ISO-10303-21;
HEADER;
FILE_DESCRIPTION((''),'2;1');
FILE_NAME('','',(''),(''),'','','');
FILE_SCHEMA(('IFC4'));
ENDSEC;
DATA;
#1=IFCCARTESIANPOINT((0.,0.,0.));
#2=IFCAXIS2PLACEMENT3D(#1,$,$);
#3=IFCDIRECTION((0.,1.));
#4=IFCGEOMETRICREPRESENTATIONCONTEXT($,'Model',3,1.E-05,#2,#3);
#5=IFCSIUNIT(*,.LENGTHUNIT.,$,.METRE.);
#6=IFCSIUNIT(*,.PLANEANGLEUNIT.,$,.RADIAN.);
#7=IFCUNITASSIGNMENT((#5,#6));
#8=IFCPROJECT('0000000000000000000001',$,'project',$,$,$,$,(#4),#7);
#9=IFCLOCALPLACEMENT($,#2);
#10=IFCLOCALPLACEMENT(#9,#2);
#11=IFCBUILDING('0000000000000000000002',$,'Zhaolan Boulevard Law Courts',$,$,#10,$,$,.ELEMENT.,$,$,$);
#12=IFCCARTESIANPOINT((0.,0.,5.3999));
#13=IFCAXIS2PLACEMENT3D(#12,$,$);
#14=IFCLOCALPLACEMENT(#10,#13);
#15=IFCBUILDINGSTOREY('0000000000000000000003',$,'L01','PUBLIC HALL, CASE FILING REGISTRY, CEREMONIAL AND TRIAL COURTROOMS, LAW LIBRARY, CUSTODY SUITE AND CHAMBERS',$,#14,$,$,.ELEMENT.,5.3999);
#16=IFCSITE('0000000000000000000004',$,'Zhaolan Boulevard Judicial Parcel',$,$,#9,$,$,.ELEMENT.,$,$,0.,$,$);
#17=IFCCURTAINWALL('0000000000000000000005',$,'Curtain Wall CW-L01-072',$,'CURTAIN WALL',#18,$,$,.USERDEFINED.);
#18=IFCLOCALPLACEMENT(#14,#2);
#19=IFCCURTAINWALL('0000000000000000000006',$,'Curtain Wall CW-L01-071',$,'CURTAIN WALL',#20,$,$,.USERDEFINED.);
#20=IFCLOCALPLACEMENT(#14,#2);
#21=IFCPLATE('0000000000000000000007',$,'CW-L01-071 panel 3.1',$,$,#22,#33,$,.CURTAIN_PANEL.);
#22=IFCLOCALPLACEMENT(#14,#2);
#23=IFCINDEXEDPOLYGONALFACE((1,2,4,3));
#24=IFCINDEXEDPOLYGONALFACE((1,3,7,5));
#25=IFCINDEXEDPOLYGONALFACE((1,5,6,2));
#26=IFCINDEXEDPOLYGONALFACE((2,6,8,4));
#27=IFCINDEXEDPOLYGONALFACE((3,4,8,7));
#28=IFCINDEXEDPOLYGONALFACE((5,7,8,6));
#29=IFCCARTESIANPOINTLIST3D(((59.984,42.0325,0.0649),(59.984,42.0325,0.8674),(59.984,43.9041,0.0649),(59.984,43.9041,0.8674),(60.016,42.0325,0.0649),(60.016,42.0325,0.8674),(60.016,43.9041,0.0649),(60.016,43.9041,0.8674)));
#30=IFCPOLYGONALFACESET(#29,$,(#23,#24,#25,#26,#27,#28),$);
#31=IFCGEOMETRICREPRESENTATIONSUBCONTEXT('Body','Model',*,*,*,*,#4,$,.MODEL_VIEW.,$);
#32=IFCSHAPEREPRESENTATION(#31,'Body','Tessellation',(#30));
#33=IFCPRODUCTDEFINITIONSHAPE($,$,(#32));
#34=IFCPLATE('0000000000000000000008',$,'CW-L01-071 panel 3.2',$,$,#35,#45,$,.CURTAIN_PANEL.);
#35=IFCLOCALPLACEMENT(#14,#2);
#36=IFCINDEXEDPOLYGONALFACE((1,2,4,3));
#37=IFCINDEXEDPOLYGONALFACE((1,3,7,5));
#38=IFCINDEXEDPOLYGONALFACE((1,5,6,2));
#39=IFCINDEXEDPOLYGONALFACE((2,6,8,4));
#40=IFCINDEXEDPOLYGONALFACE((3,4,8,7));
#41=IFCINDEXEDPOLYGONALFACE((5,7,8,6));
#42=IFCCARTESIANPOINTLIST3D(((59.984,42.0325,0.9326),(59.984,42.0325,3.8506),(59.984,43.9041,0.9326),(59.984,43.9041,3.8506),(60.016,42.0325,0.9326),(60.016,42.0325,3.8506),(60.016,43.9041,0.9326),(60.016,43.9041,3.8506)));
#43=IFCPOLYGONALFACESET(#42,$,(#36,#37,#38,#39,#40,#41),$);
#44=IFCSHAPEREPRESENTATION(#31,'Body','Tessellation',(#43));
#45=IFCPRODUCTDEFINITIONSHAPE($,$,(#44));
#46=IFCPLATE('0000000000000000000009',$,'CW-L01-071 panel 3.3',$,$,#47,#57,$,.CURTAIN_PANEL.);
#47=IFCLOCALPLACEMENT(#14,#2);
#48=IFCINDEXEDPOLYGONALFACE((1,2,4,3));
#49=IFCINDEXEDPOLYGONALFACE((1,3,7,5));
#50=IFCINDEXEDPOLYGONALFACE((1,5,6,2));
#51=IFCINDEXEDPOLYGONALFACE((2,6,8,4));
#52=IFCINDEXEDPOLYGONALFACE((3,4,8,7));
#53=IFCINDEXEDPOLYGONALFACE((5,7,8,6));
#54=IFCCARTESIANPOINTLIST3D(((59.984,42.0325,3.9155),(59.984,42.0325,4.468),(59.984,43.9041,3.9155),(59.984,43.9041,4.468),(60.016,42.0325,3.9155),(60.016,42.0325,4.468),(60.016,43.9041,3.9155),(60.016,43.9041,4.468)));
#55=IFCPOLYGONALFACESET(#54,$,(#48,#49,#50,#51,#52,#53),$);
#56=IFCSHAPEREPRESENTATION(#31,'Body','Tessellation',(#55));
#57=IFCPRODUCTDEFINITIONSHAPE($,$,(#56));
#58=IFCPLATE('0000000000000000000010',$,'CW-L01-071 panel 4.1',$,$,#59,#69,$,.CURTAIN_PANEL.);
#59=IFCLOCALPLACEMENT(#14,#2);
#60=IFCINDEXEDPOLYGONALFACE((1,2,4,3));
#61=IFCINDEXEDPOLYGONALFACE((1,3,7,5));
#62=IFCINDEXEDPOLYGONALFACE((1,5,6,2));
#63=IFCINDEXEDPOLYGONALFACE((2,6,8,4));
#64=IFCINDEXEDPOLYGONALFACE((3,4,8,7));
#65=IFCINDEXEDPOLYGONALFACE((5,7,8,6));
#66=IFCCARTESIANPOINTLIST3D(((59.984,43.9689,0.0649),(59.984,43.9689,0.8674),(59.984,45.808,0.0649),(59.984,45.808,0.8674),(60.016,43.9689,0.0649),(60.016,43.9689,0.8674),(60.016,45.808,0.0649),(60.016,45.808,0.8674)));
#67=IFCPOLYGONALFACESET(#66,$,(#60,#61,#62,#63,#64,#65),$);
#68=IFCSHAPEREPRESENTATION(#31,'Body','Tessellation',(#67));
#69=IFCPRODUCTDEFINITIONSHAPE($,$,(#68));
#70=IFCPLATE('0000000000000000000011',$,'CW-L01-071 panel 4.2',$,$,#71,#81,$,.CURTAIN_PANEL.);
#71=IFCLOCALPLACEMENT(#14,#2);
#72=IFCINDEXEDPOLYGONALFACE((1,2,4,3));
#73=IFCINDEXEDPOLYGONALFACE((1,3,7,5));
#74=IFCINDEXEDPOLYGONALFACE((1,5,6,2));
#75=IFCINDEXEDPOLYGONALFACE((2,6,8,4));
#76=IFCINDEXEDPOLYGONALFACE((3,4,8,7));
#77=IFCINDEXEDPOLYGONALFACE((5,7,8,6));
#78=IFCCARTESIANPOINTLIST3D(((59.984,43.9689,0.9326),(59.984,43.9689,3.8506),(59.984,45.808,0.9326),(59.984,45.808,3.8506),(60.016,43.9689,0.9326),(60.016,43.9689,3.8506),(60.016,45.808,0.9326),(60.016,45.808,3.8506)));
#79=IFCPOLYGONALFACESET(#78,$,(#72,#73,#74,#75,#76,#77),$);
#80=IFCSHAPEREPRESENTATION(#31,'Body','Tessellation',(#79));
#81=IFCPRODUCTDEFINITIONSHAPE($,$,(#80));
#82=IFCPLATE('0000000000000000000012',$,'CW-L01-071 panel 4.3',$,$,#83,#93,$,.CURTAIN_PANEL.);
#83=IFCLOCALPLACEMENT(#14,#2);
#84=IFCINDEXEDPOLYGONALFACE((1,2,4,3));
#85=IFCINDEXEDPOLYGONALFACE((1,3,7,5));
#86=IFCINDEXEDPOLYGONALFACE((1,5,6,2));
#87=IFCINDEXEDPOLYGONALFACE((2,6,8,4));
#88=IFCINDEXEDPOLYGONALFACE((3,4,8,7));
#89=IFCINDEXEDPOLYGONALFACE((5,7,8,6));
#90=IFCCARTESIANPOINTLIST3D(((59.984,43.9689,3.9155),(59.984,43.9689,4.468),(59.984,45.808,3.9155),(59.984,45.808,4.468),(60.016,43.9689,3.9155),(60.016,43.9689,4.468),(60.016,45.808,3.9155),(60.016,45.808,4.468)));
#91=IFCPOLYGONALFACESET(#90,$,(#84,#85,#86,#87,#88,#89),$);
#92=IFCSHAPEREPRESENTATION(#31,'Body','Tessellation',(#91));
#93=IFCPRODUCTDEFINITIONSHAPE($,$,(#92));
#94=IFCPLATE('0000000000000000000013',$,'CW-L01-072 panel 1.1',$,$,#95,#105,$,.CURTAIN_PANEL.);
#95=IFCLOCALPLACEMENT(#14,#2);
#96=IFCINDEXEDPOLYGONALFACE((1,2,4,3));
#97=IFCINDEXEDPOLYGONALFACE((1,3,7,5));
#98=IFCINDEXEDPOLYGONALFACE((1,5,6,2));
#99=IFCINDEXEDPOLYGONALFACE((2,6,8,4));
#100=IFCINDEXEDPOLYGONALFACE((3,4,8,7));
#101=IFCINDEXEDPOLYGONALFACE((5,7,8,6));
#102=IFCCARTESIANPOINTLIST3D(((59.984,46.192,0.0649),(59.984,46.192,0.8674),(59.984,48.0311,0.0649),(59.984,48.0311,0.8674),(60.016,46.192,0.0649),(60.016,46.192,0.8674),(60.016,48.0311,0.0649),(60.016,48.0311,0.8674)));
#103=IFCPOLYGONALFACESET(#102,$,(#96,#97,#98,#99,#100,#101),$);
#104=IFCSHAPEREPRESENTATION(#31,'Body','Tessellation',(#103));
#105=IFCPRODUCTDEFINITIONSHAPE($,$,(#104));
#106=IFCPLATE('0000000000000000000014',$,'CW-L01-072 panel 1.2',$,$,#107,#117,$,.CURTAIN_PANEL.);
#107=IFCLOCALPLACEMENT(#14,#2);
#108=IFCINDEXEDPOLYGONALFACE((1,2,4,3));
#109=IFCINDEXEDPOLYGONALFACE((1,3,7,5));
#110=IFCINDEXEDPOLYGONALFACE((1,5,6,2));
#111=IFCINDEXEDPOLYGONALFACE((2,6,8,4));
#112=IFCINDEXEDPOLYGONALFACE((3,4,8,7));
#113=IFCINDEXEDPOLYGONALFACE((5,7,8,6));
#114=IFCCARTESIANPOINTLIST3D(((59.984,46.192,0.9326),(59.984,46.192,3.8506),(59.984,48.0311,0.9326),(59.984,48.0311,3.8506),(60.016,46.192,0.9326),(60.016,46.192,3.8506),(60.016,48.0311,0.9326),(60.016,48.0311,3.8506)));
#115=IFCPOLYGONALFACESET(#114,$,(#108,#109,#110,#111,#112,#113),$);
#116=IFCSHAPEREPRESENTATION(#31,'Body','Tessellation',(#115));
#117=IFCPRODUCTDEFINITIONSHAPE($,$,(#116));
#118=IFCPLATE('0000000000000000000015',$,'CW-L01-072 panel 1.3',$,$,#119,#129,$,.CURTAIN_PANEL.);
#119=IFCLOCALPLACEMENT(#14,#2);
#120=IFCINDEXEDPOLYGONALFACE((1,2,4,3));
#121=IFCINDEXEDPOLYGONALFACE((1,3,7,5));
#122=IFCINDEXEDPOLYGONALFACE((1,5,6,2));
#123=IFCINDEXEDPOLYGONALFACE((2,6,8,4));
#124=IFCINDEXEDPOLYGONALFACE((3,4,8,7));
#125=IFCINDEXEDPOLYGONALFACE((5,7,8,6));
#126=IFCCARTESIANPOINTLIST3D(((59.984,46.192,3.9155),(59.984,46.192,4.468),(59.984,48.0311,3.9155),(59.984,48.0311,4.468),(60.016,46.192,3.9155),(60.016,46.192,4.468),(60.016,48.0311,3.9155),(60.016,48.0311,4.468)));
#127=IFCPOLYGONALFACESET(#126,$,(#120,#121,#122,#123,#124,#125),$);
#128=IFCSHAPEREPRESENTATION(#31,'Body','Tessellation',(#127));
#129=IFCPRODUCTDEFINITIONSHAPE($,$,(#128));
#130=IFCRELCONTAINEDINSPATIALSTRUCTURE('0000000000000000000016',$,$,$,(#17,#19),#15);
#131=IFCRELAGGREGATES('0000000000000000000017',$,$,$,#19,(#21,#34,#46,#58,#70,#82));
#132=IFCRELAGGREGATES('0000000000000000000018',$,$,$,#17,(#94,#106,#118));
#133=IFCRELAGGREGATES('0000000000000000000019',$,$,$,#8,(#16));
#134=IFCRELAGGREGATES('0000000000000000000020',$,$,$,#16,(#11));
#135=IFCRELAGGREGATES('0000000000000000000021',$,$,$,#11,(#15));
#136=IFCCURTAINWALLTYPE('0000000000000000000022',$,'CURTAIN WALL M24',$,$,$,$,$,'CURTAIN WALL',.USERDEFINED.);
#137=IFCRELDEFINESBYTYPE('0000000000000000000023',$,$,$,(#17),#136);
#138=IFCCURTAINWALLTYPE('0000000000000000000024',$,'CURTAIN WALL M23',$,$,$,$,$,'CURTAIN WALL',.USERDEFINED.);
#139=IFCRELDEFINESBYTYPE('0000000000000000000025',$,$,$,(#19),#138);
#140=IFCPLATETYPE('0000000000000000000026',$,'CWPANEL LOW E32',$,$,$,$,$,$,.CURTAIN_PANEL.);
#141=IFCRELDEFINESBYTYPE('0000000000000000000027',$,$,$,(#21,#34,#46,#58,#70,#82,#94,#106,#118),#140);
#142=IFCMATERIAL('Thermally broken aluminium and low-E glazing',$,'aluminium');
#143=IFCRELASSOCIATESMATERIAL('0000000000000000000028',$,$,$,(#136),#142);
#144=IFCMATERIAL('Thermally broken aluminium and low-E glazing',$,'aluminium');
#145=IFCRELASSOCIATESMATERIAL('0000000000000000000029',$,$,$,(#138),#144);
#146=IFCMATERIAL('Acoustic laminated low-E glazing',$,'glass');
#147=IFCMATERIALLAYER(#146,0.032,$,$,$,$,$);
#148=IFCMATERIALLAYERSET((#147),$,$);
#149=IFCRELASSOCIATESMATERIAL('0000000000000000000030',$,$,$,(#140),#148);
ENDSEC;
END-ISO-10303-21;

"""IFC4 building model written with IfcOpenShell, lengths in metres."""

from ifc_helpers import new_model, si_unit, direction, frame, origin, origin_2d, place, context, subcontext, project, spatial, rectangle, extrude, material, layer, layer_set, type_object, element, aggregate, save


model = new_model("IFC4")

# Units and contexts
model_context = context("Model", 3, precision=1e-05, world=origin(), true_north=direction((0.0, 1.0)))
body_context = subcontext(model_context, "Body", "Model", "MODEL_VIEW")
ifc_project = project(units=[si_unit("LENGTHUNIT", "METRE"), si_unit("PLANEANGLEUNIT", "RADIAN")], contexts=[model_context])

# Site, building, storey
site_placement = place(None, origin())
site = spatial("IfcSite", under=ifc_project, at=site_placement, Name="Zhaolan Boulevard Judicial Parcel", CompositionType="ELEMENT", RefElevation=0.0)
building_placement = place(site_placement, origin())
building = spatial("IfcBuilding", under=site, at=building_placement, Name="Zhaolan Boulevard Law Courts", CompositionType="ELEMENT")
storey_placement = place(building_placement, frame((0.0, 0.0, 5.3999)))
storey = spatial("IfcBuildingStorey", under=building, at=storey_placement, Name="L01", Description="PUBLIC HALL, CASE FILING REGISTRY, CEREMONIAL AND TRIAL COURTROOMS, LAW LIBRARY, CUSTODY SUITE AND CHAMBERS", CompositionType="ELEMENT", Elevation=5.3999)

# Curtain walls
ifc_material_1 = material(Name="Thermally broken aluminium and low-E glazing", Category="aluminium")
curtain_wall_type_1 = type_object("IfcCurtainWallType", Name="CURTAIN WALL M24", ElementType="CURTAIN WALL", PredefinedType="USERDEFINED", material=ifc_material_1)
curtain_wall_1_placement = place(storey_placement, origin())
curtain_wall_1 = element("IfcCurtainWall", 1, at=curtain_wall_1_placement, inside=storey, type_object=curtain_wall_type_1, Name="Curtain Wall CW-L01-072", ObjectType="CURTAIN WALL", PredefinedType="USERDEFINED")
ifc_material_2 = material(Name="Thermally broken aluminium and low-E glazing", Category="aluminium")
curtain_wall_type_2 = type_object("IfcCurtainWallType", Name="CURTAIN WALL M23", ElementType="CURTAIN WALL", PredefinedType="USERDEFINED", material=ifc_material_2)
curtain_wall_2_placement = place(storey_placement, origin())
curtain_wall_2 = element("IfcCurtainWall", 2, at=curtain_wall_2_placement, inside=storey, type_object=curtain_wall_type_2, Name="Curtain Wall CW-L01-071", ObjectType="CURTAIN WALL", PredefinedType="USERDEFINED")

# Plates
ifc_material_3 = material(Name="Acoustic laminated low-E glazing", Category="glass")
ifc_layer = layer(ifc_material_3, 0.032)
ifc_layer_set = layer_set([ifc_layer])
plate_type = type_object("IfcPlateType", Name="CWPANEL LOW E32", PredefinedType="CURTAIN_PANEL", material=ifc_layer_set)
plate_1_placement = place(storey_placement, frame((60.0, 42.9683, 0.0649), z_axis=(0.0, 0.0, 1.0), x_axis=(0.0, 1.0, 0.0)))
plate_1 = element("IfcPlate", 3, at=plate_1_placement, type_object=plate_type, Name="CW-L01-071 panel 3.1", PredefinedType="CURTAIN_PANEL", context=body_context, shape_type="SweptSolid", body=[
    extrude(rectangle(XDim=1.8716, YDim=0.032, at=origin_2d()), origin(), (0.0, 0.0, 1.0), 0.8025),
])
plate_2_placement = place(storey_placement, frame((60.0, 42.9683, 0.9326), z_axis=(0.0, 0.0, 1.0), x_axis=(0.0, 1.0, 0.0)))
plate_2 = element("IfcPlate", 4, at=plate_2_placement, type_object=plate_type, Name="CW-L01-071 panel 3.2", PredefinedType="CURTAIN_PANEL", context=body_context, shape_type="SweptSolid", body=[
    extrude(rectangle(XDim=1.8716, YDim=0.032, at=origin_2d()), origin(), (0.0, 0.0, 1.0), 2.918),
])
plate_3_placement = place(storey_placement, frame((60.0, 42.9683, 3.9155), z_axis=(0.0, 0.0, 1.0), x_axis=(0.0, 1.0, 0.0)))
plate_3 = element("IfcPlate", 5, at=plate_3_placement, type_object=plate_type, Name="CW-L01-071 panel 3.3", PredefinedType="CURTAIN_PANEL", context=body_context, shape_type="SweptSolid", body=[
    extrude(rectangle(XDim=1.8716, YDim=0.032, at=origin_2d()), origin(), (0.0, 0.0, 1.0), 0.5525),
])
plate_4_placement = place(storey_placement, frame((60.0, 44.8884, 0.0649), z_axis=(0.0, 0.0, 1.0), x_axis=(0.0, 1.0, 0.0)))
plate_4 = element("IfcPlate", 6, at=plate_4_placement, type_object=plate_type, Name="CW-L01-071 panel 4.1", PredefinedType="CURTAIN_PANEL", context=body_context, shape_type="SweptSolid", body=[
    extrude(rectangle(XDim=1.8391, YDim=0.032, at=origin_2d()), origin(), (0.0, 0.0, 1.0), 0.8025),
])
plate_5_placement = place(storey_placement, frame((60.0, 44.8884, 0.9326), z_axis=(0.0, 0.0, 1.0), x_axis=(0.0, 1.0, 0.0)))
plate_5 = element("IfcPlate", 7, at=plate_5_placement, type_object=plate_type, Name="CW-L01-071 panel 4.2", PredefinedType="CURTAIN_PANEL", context=body_context, shape_type="SweptSolid", body=[
    extrude(rectangle(XDim=1.8391, YDim=0.032, at=origin_2d()), origin(), (0.0, 0.0, 1.0), 2.918),
])
plate_6_placement = place(storey_placement, frame((60.0, 44.8884, 3.9155), z_axis=(0.0, 0.0, 1.0), x_axis=(0.0, 1.0, 0.0)))
plate_6 = element("IfcPlate", 8, at=plate_6_placement, type_object=plate_type, Name="CW-L01-071 panel 4.3", PredefinedType="CURTAIN_PANEL", context=body_context, shape_type="SweptSolid", body=[
    extrude(rectangle(XDim=1.8391, YDim=0.032, at=origin_2d()), origin(), (0.0, 0.0, 1.0), 0.5525),
])
aggregate(curtain_wall_2, [plate_1, plate_2, plate_3, plate_4, plate_5, plate_6])
plate_7_placement = place(storey_placement, frame((60.0, 47.1116, 0.0649), z_axis=(0.0, 0.0, 1.0), x_axis=(0.0, 1.0, 0.0)))
plate_7 = element("IfcPlate", 9, at=plate_7_placement, type_object=plate_type, Name="CW-L01-072 panel 1.1", PredefinedType="CURTAIN_PANEL", context=body_context, shape_type="SweptSolid", body=[
    extrude(rectangle(XDim=1.8391, YDim=0.032, at=origin_2d()), origin(), (0.0, 0.0, 1.0), 0.8025),
])
plate_8_placement = place(storey_placement, frame((60.0, 47.1116, 0.9326), z_axis=(0.0, 0.0, 1.0), x_axis=(0.0, 1.0, 0.0)))
plate_8 = element("IfcPlate", 10, at=plate_8_placement, type_object=plate_type, Name="CW-L01-072 panel 1.2", PredefinedType="CURTAIN_PANEL", context=body_context, shape_type="SweptSolid", body=[
    extrude(rectangle(XDim=1.8391, YDim=0.032, at=origin_2d()), origin(), (0.0, 0.0, 1.0), 2.918),
])
plate_9_placement = place(storey_placement, frame((60.0, 47.1116, 3.9155), z_axis=(0.0, 0.0, 1.0), x_axis=(0.0, 1.0, 0.0)))
plate_9 = element("IfcPlate", 11, at=plate_9_placement, type_object=plate_type, Name="CW-L01-072 panel 1.3", PredefinedType="CURTAIN_PANEL", context=body_context, shape_type="SweptSolid", body=[
    extrude(rectangle(XDim=1.8391, YDim=0.032, at=origin_2d()), origin(), (0.0, 0.0, 1.0), 0.5525),
])
aggregate(curtain_wall_1, [plate_7, plate_8, plate_9])

save(model, "model.ifc")
